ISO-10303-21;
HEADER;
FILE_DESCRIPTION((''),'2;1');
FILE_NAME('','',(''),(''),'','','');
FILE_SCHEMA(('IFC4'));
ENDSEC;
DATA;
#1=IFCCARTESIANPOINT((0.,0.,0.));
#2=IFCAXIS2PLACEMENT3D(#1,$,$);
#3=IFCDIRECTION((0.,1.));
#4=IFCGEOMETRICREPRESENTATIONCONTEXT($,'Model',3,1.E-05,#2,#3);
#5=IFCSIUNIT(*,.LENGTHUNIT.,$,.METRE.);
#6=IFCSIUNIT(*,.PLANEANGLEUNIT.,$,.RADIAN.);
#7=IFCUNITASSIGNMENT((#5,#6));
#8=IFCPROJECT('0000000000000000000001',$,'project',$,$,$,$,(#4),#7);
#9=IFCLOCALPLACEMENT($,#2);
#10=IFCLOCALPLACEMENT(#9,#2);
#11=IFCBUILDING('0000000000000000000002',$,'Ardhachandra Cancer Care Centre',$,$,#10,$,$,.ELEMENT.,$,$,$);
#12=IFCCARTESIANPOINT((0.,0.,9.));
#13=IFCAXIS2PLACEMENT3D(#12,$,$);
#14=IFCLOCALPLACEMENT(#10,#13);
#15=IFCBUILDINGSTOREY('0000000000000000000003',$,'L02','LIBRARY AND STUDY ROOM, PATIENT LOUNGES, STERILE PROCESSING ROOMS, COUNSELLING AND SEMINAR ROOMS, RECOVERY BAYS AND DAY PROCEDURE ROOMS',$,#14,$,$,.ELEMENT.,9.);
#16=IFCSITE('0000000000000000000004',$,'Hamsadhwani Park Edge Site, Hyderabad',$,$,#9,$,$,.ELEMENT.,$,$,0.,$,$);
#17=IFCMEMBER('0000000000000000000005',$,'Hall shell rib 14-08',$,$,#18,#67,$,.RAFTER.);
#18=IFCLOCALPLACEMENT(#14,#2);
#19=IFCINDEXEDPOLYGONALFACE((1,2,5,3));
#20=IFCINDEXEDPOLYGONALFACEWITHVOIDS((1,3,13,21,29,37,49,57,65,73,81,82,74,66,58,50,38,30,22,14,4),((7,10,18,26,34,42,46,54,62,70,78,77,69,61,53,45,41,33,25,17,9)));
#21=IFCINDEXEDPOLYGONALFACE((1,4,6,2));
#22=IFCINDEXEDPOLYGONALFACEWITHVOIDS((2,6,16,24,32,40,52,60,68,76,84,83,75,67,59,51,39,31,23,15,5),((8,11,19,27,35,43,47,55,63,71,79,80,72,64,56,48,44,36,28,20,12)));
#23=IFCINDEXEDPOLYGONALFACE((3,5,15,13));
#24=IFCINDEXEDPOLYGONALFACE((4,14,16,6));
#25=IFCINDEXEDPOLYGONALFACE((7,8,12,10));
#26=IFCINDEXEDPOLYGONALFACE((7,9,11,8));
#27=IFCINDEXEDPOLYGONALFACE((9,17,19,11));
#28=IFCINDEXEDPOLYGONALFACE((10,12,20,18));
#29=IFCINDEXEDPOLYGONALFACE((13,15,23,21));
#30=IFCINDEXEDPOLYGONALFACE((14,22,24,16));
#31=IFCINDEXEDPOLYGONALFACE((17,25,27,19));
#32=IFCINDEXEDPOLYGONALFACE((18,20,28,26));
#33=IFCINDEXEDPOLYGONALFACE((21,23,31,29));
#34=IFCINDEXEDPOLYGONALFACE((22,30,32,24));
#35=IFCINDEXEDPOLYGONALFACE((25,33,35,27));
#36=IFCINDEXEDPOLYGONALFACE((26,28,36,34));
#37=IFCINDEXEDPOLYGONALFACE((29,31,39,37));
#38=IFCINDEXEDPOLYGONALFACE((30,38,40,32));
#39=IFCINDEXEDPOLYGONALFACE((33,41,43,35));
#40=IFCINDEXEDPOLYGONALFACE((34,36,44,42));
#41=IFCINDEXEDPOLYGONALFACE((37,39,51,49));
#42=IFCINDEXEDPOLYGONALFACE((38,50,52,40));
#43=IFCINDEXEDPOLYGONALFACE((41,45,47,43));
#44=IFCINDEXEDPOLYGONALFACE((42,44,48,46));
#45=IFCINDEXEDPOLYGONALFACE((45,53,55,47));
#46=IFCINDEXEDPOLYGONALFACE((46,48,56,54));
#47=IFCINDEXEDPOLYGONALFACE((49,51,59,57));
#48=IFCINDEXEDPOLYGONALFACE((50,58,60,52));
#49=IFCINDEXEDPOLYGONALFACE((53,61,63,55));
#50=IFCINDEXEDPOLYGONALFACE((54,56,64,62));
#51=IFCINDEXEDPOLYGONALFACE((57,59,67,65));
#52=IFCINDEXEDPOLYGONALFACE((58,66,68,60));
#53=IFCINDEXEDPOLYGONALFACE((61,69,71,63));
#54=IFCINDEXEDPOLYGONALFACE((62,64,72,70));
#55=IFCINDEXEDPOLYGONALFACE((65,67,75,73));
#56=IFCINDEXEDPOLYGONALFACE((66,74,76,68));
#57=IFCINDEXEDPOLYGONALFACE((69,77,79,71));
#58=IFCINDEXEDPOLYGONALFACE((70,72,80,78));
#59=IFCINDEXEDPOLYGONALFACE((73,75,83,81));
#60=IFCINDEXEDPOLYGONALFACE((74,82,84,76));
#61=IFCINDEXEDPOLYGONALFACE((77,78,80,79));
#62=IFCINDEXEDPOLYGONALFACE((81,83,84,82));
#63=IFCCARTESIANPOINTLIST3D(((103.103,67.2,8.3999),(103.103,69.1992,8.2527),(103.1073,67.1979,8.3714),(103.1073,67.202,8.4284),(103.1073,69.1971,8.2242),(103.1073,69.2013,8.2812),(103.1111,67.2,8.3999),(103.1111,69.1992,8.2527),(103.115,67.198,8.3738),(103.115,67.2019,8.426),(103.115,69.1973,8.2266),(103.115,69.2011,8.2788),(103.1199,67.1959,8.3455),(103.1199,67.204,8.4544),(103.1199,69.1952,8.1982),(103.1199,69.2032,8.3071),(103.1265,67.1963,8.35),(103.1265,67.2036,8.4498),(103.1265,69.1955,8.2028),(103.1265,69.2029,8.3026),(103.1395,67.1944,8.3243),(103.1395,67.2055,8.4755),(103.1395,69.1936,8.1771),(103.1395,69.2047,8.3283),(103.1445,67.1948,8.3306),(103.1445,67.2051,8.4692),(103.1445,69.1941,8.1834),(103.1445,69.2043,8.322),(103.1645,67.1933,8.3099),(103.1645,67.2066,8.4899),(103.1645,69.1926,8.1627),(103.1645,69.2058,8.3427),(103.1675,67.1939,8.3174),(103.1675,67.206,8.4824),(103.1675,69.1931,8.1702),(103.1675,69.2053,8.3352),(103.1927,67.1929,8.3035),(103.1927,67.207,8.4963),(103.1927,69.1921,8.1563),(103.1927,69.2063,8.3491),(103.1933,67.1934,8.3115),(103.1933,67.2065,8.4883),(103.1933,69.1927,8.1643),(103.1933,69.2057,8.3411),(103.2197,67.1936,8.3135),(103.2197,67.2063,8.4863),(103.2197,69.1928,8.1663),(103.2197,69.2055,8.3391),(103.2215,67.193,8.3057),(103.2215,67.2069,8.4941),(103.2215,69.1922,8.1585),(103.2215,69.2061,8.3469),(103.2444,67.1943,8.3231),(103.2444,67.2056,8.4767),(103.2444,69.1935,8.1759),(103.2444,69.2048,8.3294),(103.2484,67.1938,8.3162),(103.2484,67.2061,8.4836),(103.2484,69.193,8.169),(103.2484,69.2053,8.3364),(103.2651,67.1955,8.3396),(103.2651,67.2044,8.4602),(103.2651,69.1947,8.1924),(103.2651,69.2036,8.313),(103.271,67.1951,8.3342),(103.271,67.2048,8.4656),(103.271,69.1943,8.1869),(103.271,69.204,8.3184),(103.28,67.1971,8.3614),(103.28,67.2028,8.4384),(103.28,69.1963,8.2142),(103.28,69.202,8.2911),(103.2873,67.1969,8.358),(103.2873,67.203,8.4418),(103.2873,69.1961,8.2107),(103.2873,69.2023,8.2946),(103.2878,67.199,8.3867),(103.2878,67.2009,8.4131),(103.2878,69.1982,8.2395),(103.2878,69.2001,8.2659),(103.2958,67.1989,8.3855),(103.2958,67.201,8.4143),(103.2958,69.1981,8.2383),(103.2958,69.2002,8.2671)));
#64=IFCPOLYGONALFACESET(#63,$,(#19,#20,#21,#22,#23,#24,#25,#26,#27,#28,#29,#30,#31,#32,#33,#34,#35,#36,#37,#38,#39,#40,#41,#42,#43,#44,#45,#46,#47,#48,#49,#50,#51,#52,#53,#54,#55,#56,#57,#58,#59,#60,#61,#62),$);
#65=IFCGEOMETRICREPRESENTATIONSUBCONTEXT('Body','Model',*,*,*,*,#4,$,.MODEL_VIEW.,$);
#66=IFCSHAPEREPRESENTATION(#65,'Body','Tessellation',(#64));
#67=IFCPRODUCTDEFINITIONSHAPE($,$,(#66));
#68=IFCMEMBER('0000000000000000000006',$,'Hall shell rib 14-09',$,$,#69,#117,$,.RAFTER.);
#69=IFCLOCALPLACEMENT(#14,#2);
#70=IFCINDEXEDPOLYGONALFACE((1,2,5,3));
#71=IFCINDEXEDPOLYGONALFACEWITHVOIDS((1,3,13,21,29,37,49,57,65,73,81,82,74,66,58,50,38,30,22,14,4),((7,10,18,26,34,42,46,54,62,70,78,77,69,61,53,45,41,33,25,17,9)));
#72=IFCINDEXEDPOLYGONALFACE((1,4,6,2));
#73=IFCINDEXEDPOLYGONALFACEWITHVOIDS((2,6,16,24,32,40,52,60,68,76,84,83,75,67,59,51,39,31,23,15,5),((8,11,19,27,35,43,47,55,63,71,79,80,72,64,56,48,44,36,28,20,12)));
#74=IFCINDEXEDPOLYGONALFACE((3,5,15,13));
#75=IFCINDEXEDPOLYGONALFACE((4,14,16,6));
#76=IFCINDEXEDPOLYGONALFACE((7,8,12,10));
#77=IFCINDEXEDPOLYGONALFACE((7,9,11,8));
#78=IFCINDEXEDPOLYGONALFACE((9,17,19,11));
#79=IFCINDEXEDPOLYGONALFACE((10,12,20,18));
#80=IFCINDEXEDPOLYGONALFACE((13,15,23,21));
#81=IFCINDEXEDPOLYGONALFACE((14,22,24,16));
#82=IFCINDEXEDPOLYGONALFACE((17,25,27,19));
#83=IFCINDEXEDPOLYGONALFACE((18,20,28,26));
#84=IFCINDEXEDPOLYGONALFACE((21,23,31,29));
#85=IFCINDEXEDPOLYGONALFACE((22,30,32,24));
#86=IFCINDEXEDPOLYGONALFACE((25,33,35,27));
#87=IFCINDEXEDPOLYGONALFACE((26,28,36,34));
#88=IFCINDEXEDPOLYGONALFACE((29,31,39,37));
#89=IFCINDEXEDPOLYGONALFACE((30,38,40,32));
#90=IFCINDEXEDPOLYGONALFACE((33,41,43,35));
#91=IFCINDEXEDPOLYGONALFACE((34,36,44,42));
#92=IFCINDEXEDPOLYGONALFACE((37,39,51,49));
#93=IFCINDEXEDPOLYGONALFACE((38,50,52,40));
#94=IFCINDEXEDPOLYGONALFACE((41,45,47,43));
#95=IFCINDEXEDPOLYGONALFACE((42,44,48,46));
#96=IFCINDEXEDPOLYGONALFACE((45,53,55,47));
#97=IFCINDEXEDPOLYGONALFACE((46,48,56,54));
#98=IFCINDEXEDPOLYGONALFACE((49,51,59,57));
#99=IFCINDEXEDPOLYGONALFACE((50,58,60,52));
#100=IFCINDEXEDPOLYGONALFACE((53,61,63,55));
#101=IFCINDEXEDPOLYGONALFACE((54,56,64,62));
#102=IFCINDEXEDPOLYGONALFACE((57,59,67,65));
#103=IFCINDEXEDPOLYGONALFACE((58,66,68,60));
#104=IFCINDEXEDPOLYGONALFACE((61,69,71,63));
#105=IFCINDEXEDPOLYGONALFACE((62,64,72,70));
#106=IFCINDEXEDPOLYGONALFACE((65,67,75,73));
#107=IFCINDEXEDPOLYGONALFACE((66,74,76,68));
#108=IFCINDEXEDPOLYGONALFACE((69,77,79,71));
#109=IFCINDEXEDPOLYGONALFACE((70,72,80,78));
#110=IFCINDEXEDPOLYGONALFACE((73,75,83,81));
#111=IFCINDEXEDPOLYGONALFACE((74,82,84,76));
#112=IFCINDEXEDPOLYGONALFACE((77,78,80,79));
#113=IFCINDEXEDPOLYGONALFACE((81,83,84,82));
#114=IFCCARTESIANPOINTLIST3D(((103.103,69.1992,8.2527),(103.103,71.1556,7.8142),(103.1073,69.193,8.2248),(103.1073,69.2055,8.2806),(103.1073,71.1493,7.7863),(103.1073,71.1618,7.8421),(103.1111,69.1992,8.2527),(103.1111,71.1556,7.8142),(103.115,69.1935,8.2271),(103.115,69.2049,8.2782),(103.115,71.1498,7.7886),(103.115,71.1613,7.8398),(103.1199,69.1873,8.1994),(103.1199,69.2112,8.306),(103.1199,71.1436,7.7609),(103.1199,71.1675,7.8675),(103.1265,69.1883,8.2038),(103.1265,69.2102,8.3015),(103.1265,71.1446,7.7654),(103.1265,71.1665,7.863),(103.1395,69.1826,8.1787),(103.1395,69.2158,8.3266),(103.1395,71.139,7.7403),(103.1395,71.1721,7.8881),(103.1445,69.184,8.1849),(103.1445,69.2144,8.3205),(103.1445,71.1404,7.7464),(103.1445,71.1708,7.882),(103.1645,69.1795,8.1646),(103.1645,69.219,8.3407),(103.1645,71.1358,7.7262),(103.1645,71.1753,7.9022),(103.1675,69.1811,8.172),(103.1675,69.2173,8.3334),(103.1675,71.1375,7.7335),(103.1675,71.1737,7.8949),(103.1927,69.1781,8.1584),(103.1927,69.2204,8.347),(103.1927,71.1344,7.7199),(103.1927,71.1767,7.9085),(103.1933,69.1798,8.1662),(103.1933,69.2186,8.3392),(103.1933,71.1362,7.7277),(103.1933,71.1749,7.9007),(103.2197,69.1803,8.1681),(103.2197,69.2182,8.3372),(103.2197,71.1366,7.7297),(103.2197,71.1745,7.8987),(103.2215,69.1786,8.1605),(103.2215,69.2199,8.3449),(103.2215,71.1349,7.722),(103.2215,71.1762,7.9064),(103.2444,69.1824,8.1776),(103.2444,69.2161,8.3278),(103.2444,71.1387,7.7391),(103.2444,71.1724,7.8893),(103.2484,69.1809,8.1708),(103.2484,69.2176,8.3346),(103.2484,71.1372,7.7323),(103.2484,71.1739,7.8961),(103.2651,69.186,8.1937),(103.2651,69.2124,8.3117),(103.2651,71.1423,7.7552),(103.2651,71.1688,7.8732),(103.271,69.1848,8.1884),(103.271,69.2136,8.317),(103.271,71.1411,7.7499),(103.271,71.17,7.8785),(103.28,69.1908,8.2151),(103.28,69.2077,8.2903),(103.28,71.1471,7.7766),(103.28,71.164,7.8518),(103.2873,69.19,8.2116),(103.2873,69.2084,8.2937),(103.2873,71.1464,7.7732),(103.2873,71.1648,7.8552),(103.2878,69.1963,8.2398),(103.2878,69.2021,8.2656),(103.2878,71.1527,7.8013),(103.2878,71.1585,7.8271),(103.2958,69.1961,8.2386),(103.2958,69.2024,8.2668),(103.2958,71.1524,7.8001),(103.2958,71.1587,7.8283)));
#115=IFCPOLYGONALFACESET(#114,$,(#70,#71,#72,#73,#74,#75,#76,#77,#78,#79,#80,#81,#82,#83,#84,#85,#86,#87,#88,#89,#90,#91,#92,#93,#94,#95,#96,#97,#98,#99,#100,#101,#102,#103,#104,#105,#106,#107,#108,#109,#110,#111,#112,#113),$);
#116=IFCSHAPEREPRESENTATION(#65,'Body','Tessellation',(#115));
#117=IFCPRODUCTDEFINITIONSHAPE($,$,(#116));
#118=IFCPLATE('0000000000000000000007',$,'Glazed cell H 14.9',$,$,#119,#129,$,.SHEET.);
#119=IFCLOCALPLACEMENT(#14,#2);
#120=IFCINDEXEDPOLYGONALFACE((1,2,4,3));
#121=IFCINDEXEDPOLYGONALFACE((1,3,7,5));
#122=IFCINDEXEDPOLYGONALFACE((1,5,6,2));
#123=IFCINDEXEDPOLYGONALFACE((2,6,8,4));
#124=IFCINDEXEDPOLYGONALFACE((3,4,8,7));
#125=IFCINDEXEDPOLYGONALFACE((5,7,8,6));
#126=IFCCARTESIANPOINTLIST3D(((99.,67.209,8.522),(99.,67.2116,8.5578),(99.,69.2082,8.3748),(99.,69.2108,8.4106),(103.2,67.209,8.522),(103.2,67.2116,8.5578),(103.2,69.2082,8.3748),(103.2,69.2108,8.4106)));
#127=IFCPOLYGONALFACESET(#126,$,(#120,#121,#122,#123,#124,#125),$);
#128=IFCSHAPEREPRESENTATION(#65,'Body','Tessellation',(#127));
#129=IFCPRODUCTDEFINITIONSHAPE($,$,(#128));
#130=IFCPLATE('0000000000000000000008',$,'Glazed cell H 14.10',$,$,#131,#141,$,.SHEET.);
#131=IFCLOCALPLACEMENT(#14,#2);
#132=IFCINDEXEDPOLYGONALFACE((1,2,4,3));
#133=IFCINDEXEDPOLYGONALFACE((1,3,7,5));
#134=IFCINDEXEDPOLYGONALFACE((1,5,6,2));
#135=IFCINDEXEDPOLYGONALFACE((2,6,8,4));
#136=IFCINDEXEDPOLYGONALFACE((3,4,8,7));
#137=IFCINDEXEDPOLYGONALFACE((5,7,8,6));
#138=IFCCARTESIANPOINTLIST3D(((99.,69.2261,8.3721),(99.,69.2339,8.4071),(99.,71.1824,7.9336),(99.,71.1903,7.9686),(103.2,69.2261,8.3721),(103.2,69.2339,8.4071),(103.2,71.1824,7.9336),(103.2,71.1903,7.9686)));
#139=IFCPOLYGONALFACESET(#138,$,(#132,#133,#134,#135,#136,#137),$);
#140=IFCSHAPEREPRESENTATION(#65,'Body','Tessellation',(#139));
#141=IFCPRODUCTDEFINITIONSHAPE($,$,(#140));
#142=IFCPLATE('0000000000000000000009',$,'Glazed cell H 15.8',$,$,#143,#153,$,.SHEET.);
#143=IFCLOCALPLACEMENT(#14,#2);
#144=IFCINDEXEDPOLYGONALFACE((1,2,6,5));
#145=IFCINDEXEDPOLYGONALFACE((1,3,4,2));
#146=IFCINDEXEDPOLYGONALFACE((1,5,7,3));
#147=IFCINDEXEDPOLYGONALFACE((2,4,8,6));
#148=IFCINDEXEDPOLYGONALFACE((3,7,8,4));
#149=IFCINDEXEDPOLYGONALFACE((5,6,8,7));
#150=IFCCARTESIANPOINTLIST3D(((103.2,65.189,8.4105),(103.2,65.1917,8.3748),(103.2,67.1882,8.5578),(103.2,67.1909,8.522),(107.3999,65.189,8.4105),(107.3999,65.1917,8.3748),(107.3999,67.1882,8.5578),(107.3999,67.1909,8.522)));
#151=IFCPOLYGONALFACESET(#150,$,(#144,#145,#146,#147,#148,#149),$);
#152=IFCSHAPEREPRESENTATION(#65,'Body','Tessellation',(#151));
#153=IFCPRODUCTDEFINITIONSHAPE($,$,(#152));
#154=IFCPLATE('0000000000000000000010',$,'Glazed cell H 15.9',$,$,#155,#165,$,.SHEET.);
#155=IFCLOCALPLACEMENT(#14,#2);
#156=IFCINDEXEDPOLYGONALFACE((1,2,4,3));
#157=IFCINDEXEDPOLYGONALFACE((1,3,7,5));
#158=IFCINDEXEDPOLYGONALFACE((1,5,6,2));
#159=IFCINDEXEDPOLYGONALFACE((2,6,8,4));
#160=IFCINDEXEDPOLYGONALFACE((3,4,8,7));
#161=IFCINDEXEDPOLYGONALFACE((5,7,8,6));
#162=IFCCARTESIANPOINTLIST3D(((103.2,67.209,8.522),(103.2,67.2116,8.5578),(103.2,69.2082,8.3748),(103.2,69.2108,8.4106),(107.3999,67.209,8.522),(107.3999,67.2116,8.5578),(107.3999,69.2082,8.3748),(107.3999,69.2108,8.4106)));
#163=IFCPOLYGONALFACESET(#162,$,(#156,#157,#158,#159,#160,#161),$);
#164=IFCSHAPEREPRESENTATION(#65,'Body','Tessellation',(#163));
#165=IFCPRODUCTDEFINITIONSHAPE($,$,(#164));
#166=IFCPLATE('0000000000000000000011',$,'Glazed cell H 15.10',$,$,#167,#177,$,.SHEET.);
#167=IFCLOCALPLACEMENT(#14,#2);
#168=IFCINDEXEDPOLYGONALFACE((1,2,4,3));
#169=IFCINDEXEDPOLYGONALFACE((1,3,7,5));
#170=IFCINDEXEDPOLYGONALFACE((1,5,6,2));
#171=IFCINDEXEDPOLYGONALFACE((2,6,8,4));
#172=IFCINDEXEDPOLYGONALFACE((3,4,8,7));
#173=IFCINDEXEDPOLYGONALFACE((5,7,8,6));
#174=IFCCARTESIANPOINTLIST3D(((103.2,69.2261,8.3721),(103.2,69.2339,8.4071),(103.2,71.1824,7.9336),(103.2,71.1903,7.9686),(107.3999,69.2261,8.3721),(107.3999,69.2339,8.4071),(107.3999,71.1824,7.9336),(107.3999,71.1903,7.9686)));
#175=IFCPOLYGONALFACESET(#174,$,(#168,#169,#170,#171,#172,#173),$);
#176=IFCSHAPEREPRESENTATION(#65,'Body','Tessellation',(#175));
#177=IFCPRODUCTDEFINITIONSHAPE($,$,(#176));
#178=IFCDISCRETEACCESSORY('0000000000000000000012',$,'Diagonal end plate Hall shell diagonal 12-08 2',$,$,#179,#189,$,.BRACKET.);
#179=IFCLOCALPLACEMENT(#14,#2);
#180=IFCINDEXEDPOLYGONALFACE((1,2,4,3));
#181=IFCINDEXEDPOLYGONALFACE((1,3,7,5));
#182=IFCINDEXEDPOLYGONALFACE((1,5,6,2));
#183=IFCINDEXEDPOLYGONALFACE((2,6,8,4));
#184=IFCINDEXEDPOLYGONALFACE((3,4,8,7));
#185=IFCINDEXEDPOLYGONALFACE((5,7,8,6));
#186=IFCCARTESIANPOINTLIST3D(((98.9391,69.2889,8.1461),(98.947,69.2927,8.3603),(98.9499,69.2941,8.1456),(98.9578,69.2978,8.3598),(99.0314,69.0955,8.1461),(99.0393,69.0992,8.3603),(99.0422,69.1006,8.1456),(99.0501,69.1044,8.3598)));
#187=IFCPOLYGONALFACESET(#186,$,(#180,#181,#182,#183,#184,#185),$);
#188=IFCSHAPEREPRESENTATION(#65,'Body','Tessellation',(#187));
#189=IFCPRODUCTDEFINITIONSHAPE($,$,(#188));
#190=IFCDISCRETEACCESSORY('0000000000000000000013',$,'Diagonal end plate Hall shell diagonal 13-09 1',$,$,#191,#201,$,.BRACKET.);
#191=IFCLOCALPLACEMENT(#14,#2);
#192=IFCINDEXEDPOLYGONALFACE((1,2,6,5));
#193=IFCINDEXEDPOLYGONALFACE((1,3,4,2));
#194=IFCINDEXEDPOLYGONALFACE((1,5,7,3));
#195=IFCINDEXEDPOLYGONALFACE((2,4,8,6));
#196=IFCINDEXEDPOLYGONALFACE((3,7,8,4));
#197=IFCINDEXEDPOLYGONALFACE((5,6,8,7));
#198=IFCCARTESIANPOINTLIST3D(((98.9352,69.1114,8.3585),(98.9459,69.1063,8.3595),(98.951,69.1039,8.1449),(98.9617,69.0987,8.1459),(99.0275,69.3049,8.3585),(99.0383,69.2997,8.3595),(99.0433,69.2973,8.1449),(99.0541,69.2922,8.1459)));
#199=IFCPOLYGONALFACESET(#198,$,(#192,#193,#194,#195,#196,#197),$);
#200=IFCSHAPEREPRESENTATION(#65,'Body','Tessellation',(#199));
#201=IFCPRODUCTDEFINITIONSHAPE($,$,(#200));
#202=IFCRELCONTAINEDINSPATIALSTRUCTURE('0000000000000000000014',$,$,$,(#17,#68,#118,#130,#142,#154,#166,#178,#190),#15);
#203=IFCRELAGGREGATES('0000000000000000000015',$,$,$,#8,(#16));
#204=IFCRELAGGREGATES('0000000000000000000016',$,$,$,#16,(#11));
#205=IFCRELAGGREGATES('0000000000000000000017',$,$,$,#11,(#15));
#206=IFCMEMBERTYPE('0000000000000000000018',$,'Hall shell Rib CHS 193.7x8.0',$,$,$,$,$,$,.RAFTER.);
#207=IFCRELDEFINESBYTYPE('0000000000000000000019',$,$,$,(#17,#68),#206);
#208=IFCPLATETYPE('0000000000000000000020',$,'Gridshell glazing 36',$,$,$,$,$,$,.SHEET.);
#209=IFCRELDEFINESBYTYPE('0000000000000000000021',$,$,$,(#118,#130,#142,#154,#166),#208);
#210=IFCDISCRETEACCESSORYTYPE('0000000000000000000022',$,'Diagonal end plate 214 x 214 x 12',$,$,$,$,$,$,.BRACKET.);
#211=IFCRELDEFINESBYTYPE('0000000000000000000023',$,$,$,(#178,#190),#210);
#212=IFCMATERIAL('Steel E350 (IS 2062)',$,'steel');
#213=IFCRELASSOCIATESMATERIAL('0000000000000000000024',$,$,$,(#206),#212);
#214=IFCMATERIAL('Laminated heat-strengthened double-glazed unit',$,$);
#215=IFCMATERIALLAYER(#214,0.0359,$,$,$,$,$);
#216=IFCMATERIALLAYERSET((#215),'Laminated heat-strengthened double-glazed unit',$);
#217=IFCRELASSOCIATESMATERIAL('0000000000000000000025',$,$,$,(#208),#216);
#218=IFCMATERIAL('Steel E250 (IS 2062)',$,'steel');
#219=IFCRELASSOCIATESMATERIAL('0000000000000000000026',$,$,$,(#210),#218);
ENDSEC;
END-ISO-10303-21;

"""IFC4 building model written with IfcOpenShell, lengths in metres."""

from ifc_helpers import new_model, si_unit, direction, frame, origin, origin_2d, place, context, subcontext, project, spatial, polyline, rectangle, hollow_circle, outline, extrude, material, layer, layer_set, material_profile, profile_set, type_object, element, save


model = new_model("IFC4")

# Units and contexts
model_context = context("Model", 3, precision=1e-05, world=origin(), true_north=direction((0.0, 1.0)))
body_context = subcontext(model_context, "Body", "Model", "MODEL_VIEW")
ifc_project = project(units=[si_unit("LENGTHUNIT", "METRE"), si_unit("PLANEANGLEUNIT", "RADIAN")], contexts=[model_context])

# Site, building, storey
site_placement = place(None, origin())
site = spatial("IfcSite", under=ifc_project, at=site_placement, Name="Hamsadhwani Park Edge Site, Hyderabad", CompositionType="ELEMENT", RefElevation=0.0)
building_placement = place(site_placement, origin())
building = spatial("IfcBuilding", under=site, at=building_placement, Name="Ardhachandra Cancer Care Centre", CompositionType="ELEMENT")
storey_placement = place(building_placement, frame((0.0, 0.0, 9.0)))
storey = spatial("IfcBuildingStorey", under=building, at=storey_placement, Name="L02", Description="LIBRARY AND STUDY ROOM, PATIENT LOUNGES, STERILE PROCESSING ROOMS, COUNSELLING AND SEMINAR ROOMS, RECOVERY BAYS AND DAY PROCEDURE ROOMS", CompositionType="ELEMENT", Elevation=9.0)

# Members
ifc_material_1 = material(Name="Steel E350 (IS 2062)", Category="steel")
ifc_material_profile_1 = material_profile(ifc_material_1, hollow_circle(Radius=0.0969, WallThickness=0.0081, at=origin_2d()), Name="CHS 193.7x8.0")
ifc_profile_set_1 = profile_set([ifc_material_profile_1], Name="Steel E350 (IS 2062)")
member_type_1 = type_object("IfcMemberType", Name="Hall shell Rib CHS 193.7x8.0", PredefinedType="RAFTER", material=ifc_profile_set_1)
for number, where, z_axis, x_axis, name in (
    (1, (103.2, 67.2, 8.3999), (0.0, 0.9973, -0.073437), (-1.0, 0.0, 0.0), "Hall shell rib 14-08"),
):
    element("IfcMember", number, at=place(storey_placement, frame(where, z_axis=z_axis, x_axis=x_axis)), inside=storey, type_object=member_type_1, Name=name, PredefinedType="RAFTER", context=body_context, shape_type="SweptSolid", body=[
        extrude(hollow_circle(Radius=0.0969, WallThickness=0.0081, at=origin_2d()), origin(), (0.0, 0.0, 1.0), 2.0046),
    ])
member_1_placement = place(storey_placement, frame((103.2, 69.1992, 8.2527), z_axis=(0.0, 0.97579, -0.218709), x_axis=(-1.0, 0.0, 0.0)))
element("IfcMember", 2, at=member_1_placement, inside=storey, type_object=member_type_1, Name="Hall shell rib 14-09", PredefinedType="RAFTER", context=body_context, shape_type="SweptSolid", body=[
    extrude(hollow_circle(Radius=0.0969, WallThickness=0.0081, at=origin_2d()), origin(), (0.0, 0.0, 1.0), 2.0049),
])

# Plates
ifc_material_2 = material(Name="Laminated heat-strengthened double-glazed unit")
ifc_layer = layer(ifc_material_2, 0.0359)
ifc_layer_set = layer_set([ifc_layer], Name="Laminated heat-strengthened double-glazed unit")
plate_type = type_object("IfcPlateType", Name="Gridshell glazing 36", PredefinedType="SHEET", material=ifc_layer_set)
plate_1_placement = place(storey_placement, frame((99.0, 67.209, 8.522), z_axis=(0.0, 0.073437, 0.9973), x_axis=(1.0, 0.0, 0.0)))
element("IfcPlate", 3, at=plate_1_placement, inside=storey, type_object=plate_type, Name="Glazed cell H 14.9", PredefinedType="SHEET", context=body_context, shape_type="SweptSolid", body=[
    extrude(outline(polyline([(0.0, 0.0), (4.2, 0.0), (4.2, 2.0046), (0.0, 2.0046), (0.0, 0.0)])), origin(), (0.0, 0.0, 1.0), 0.0359),
])
plate_2_placement = place(storey_placement, frame((99.0, 69.2261, 8.3721), z_axis=(0.0, 0.218709, 0.97579), x_axis=(1.0, 0.0, 0.0)))
element("IfcPlate", 4, at=plate_2_placement, inside=storey, type_object=plate_type, Name="Glazed cell H 14.10", PredefinedType="SHEET", context=body_context, shape_type="SweptSolid", body=[
    extrude(outline(polyline([(0.0, 0.0), (4.2, 0.0), (4.2, 2.0049), (0.0, 2.0049), (0.0, 0.0)])), origin(), (0.0, 0.0, 1.0), 0.0359),
])
for number, where, z_axis, x_axis, name in (
    (5, (103.2, 65.1917, 8.3748), (0.0, -0.073437, 0.9973), (1.0, 0.0, 0.0), "Glazed cell H 15.8"),
    (6, (103.2, 67.209, 8.522), (0.0, 0.073437, 0.9973), (1.0, 0.0, 0.0), "Glazed cell H 15.9"),
):
    element("IfcPlate", number, at=place(storey_placement, frame(where, z_axis=z_axis, x_axis=x_axis)), inside=storey, type_object=plate_type, Name=name, PredefinedType="SHEET", context=body_context, shape_type="SweptSolid", body=[
        extrude(outline(polyline([(0.0, 0.0), (4.2, 0.0), (4.2, 2.0046), (0.0, 2.0046), (0.0, 0.0)])), origin(), (0.0, 0.0, 1.0), 0.0359),
    ])
plate_3_placement = place(storey_placement, frame((103.2, 69.2261, 8.3721), z_axis=(0.0, 0.218709, 0.97579), x_axis=(1.0, 0.0, 0.0)))
element("IfcPlate", 7, at=plate_3_placement, inside=storey, type_object=plate_type, Name="Glazed cell H 15.10", PredefinedType="SHEET", context=body_context, shape_type="SweptSolid", body=[
    extrude(outline(polyline([(0.0, 0.0), (4.2, 0.0), (4.2, 2.0049), (0.0, 2.0049), (0.0, 0.0)])), origin(), (0.0, 0.0, 1.0), 0.0359),
])

# Discrete accessories
ifc_material_3 = material(Name="Steel E250 (IS 2062)", Category="steel")
ifc_material_profile_2 = material_profile(ifc_material_3, rectangle(XDim=0.2144, YDim=0.2144, at=origin_2d()), Name="PL 214x214x12")
ifc_profile_set_2 = profile_set([ifc_material_profile_2], Name="Steel E250 (IS 2062)")
discrete_accessory_type = type_object("IfcDiscreteAccessoryType", Name="Diagonal end plate 214 x 214 x 12", PredefinedType="BRACKET", material=ifc_profile_set_2)
for number, where, z_axis, x_axis, name in (
    (8, (99.0, 69.1992, 8.2527), (-0.901723, -0.430368, 0.040987), (0.43073, -0.902481, 0.0), "Diagonal end plate Hall shell diagonal 12-08 2"),
    (9, (99.0, 69.1992, 8.2527), (-0.899459, 0.429287, -0.081769), (-0.43073, -0.902481, 0.0), "Diagonal end plate Hall shell diagonal 13-09 1"),
):
    element("IfcDiscreteAccessory", number, at=place(storey_placement, frame(where, z_axis=z_axis, x_axis=x_axis)), inside=storey, type_object=discrete_accessory_type, Name=name, PredefinedType="BRACKET", context=body_context, shape_type="SweptSolid", body=[
        extrude(rectangle(XDim=0.2144, YDim=0.2144, at=origin_2d()), origin(), (0.0, 0.0, 1.0), 0.012),
    ])

save(model, "model.ifc")
